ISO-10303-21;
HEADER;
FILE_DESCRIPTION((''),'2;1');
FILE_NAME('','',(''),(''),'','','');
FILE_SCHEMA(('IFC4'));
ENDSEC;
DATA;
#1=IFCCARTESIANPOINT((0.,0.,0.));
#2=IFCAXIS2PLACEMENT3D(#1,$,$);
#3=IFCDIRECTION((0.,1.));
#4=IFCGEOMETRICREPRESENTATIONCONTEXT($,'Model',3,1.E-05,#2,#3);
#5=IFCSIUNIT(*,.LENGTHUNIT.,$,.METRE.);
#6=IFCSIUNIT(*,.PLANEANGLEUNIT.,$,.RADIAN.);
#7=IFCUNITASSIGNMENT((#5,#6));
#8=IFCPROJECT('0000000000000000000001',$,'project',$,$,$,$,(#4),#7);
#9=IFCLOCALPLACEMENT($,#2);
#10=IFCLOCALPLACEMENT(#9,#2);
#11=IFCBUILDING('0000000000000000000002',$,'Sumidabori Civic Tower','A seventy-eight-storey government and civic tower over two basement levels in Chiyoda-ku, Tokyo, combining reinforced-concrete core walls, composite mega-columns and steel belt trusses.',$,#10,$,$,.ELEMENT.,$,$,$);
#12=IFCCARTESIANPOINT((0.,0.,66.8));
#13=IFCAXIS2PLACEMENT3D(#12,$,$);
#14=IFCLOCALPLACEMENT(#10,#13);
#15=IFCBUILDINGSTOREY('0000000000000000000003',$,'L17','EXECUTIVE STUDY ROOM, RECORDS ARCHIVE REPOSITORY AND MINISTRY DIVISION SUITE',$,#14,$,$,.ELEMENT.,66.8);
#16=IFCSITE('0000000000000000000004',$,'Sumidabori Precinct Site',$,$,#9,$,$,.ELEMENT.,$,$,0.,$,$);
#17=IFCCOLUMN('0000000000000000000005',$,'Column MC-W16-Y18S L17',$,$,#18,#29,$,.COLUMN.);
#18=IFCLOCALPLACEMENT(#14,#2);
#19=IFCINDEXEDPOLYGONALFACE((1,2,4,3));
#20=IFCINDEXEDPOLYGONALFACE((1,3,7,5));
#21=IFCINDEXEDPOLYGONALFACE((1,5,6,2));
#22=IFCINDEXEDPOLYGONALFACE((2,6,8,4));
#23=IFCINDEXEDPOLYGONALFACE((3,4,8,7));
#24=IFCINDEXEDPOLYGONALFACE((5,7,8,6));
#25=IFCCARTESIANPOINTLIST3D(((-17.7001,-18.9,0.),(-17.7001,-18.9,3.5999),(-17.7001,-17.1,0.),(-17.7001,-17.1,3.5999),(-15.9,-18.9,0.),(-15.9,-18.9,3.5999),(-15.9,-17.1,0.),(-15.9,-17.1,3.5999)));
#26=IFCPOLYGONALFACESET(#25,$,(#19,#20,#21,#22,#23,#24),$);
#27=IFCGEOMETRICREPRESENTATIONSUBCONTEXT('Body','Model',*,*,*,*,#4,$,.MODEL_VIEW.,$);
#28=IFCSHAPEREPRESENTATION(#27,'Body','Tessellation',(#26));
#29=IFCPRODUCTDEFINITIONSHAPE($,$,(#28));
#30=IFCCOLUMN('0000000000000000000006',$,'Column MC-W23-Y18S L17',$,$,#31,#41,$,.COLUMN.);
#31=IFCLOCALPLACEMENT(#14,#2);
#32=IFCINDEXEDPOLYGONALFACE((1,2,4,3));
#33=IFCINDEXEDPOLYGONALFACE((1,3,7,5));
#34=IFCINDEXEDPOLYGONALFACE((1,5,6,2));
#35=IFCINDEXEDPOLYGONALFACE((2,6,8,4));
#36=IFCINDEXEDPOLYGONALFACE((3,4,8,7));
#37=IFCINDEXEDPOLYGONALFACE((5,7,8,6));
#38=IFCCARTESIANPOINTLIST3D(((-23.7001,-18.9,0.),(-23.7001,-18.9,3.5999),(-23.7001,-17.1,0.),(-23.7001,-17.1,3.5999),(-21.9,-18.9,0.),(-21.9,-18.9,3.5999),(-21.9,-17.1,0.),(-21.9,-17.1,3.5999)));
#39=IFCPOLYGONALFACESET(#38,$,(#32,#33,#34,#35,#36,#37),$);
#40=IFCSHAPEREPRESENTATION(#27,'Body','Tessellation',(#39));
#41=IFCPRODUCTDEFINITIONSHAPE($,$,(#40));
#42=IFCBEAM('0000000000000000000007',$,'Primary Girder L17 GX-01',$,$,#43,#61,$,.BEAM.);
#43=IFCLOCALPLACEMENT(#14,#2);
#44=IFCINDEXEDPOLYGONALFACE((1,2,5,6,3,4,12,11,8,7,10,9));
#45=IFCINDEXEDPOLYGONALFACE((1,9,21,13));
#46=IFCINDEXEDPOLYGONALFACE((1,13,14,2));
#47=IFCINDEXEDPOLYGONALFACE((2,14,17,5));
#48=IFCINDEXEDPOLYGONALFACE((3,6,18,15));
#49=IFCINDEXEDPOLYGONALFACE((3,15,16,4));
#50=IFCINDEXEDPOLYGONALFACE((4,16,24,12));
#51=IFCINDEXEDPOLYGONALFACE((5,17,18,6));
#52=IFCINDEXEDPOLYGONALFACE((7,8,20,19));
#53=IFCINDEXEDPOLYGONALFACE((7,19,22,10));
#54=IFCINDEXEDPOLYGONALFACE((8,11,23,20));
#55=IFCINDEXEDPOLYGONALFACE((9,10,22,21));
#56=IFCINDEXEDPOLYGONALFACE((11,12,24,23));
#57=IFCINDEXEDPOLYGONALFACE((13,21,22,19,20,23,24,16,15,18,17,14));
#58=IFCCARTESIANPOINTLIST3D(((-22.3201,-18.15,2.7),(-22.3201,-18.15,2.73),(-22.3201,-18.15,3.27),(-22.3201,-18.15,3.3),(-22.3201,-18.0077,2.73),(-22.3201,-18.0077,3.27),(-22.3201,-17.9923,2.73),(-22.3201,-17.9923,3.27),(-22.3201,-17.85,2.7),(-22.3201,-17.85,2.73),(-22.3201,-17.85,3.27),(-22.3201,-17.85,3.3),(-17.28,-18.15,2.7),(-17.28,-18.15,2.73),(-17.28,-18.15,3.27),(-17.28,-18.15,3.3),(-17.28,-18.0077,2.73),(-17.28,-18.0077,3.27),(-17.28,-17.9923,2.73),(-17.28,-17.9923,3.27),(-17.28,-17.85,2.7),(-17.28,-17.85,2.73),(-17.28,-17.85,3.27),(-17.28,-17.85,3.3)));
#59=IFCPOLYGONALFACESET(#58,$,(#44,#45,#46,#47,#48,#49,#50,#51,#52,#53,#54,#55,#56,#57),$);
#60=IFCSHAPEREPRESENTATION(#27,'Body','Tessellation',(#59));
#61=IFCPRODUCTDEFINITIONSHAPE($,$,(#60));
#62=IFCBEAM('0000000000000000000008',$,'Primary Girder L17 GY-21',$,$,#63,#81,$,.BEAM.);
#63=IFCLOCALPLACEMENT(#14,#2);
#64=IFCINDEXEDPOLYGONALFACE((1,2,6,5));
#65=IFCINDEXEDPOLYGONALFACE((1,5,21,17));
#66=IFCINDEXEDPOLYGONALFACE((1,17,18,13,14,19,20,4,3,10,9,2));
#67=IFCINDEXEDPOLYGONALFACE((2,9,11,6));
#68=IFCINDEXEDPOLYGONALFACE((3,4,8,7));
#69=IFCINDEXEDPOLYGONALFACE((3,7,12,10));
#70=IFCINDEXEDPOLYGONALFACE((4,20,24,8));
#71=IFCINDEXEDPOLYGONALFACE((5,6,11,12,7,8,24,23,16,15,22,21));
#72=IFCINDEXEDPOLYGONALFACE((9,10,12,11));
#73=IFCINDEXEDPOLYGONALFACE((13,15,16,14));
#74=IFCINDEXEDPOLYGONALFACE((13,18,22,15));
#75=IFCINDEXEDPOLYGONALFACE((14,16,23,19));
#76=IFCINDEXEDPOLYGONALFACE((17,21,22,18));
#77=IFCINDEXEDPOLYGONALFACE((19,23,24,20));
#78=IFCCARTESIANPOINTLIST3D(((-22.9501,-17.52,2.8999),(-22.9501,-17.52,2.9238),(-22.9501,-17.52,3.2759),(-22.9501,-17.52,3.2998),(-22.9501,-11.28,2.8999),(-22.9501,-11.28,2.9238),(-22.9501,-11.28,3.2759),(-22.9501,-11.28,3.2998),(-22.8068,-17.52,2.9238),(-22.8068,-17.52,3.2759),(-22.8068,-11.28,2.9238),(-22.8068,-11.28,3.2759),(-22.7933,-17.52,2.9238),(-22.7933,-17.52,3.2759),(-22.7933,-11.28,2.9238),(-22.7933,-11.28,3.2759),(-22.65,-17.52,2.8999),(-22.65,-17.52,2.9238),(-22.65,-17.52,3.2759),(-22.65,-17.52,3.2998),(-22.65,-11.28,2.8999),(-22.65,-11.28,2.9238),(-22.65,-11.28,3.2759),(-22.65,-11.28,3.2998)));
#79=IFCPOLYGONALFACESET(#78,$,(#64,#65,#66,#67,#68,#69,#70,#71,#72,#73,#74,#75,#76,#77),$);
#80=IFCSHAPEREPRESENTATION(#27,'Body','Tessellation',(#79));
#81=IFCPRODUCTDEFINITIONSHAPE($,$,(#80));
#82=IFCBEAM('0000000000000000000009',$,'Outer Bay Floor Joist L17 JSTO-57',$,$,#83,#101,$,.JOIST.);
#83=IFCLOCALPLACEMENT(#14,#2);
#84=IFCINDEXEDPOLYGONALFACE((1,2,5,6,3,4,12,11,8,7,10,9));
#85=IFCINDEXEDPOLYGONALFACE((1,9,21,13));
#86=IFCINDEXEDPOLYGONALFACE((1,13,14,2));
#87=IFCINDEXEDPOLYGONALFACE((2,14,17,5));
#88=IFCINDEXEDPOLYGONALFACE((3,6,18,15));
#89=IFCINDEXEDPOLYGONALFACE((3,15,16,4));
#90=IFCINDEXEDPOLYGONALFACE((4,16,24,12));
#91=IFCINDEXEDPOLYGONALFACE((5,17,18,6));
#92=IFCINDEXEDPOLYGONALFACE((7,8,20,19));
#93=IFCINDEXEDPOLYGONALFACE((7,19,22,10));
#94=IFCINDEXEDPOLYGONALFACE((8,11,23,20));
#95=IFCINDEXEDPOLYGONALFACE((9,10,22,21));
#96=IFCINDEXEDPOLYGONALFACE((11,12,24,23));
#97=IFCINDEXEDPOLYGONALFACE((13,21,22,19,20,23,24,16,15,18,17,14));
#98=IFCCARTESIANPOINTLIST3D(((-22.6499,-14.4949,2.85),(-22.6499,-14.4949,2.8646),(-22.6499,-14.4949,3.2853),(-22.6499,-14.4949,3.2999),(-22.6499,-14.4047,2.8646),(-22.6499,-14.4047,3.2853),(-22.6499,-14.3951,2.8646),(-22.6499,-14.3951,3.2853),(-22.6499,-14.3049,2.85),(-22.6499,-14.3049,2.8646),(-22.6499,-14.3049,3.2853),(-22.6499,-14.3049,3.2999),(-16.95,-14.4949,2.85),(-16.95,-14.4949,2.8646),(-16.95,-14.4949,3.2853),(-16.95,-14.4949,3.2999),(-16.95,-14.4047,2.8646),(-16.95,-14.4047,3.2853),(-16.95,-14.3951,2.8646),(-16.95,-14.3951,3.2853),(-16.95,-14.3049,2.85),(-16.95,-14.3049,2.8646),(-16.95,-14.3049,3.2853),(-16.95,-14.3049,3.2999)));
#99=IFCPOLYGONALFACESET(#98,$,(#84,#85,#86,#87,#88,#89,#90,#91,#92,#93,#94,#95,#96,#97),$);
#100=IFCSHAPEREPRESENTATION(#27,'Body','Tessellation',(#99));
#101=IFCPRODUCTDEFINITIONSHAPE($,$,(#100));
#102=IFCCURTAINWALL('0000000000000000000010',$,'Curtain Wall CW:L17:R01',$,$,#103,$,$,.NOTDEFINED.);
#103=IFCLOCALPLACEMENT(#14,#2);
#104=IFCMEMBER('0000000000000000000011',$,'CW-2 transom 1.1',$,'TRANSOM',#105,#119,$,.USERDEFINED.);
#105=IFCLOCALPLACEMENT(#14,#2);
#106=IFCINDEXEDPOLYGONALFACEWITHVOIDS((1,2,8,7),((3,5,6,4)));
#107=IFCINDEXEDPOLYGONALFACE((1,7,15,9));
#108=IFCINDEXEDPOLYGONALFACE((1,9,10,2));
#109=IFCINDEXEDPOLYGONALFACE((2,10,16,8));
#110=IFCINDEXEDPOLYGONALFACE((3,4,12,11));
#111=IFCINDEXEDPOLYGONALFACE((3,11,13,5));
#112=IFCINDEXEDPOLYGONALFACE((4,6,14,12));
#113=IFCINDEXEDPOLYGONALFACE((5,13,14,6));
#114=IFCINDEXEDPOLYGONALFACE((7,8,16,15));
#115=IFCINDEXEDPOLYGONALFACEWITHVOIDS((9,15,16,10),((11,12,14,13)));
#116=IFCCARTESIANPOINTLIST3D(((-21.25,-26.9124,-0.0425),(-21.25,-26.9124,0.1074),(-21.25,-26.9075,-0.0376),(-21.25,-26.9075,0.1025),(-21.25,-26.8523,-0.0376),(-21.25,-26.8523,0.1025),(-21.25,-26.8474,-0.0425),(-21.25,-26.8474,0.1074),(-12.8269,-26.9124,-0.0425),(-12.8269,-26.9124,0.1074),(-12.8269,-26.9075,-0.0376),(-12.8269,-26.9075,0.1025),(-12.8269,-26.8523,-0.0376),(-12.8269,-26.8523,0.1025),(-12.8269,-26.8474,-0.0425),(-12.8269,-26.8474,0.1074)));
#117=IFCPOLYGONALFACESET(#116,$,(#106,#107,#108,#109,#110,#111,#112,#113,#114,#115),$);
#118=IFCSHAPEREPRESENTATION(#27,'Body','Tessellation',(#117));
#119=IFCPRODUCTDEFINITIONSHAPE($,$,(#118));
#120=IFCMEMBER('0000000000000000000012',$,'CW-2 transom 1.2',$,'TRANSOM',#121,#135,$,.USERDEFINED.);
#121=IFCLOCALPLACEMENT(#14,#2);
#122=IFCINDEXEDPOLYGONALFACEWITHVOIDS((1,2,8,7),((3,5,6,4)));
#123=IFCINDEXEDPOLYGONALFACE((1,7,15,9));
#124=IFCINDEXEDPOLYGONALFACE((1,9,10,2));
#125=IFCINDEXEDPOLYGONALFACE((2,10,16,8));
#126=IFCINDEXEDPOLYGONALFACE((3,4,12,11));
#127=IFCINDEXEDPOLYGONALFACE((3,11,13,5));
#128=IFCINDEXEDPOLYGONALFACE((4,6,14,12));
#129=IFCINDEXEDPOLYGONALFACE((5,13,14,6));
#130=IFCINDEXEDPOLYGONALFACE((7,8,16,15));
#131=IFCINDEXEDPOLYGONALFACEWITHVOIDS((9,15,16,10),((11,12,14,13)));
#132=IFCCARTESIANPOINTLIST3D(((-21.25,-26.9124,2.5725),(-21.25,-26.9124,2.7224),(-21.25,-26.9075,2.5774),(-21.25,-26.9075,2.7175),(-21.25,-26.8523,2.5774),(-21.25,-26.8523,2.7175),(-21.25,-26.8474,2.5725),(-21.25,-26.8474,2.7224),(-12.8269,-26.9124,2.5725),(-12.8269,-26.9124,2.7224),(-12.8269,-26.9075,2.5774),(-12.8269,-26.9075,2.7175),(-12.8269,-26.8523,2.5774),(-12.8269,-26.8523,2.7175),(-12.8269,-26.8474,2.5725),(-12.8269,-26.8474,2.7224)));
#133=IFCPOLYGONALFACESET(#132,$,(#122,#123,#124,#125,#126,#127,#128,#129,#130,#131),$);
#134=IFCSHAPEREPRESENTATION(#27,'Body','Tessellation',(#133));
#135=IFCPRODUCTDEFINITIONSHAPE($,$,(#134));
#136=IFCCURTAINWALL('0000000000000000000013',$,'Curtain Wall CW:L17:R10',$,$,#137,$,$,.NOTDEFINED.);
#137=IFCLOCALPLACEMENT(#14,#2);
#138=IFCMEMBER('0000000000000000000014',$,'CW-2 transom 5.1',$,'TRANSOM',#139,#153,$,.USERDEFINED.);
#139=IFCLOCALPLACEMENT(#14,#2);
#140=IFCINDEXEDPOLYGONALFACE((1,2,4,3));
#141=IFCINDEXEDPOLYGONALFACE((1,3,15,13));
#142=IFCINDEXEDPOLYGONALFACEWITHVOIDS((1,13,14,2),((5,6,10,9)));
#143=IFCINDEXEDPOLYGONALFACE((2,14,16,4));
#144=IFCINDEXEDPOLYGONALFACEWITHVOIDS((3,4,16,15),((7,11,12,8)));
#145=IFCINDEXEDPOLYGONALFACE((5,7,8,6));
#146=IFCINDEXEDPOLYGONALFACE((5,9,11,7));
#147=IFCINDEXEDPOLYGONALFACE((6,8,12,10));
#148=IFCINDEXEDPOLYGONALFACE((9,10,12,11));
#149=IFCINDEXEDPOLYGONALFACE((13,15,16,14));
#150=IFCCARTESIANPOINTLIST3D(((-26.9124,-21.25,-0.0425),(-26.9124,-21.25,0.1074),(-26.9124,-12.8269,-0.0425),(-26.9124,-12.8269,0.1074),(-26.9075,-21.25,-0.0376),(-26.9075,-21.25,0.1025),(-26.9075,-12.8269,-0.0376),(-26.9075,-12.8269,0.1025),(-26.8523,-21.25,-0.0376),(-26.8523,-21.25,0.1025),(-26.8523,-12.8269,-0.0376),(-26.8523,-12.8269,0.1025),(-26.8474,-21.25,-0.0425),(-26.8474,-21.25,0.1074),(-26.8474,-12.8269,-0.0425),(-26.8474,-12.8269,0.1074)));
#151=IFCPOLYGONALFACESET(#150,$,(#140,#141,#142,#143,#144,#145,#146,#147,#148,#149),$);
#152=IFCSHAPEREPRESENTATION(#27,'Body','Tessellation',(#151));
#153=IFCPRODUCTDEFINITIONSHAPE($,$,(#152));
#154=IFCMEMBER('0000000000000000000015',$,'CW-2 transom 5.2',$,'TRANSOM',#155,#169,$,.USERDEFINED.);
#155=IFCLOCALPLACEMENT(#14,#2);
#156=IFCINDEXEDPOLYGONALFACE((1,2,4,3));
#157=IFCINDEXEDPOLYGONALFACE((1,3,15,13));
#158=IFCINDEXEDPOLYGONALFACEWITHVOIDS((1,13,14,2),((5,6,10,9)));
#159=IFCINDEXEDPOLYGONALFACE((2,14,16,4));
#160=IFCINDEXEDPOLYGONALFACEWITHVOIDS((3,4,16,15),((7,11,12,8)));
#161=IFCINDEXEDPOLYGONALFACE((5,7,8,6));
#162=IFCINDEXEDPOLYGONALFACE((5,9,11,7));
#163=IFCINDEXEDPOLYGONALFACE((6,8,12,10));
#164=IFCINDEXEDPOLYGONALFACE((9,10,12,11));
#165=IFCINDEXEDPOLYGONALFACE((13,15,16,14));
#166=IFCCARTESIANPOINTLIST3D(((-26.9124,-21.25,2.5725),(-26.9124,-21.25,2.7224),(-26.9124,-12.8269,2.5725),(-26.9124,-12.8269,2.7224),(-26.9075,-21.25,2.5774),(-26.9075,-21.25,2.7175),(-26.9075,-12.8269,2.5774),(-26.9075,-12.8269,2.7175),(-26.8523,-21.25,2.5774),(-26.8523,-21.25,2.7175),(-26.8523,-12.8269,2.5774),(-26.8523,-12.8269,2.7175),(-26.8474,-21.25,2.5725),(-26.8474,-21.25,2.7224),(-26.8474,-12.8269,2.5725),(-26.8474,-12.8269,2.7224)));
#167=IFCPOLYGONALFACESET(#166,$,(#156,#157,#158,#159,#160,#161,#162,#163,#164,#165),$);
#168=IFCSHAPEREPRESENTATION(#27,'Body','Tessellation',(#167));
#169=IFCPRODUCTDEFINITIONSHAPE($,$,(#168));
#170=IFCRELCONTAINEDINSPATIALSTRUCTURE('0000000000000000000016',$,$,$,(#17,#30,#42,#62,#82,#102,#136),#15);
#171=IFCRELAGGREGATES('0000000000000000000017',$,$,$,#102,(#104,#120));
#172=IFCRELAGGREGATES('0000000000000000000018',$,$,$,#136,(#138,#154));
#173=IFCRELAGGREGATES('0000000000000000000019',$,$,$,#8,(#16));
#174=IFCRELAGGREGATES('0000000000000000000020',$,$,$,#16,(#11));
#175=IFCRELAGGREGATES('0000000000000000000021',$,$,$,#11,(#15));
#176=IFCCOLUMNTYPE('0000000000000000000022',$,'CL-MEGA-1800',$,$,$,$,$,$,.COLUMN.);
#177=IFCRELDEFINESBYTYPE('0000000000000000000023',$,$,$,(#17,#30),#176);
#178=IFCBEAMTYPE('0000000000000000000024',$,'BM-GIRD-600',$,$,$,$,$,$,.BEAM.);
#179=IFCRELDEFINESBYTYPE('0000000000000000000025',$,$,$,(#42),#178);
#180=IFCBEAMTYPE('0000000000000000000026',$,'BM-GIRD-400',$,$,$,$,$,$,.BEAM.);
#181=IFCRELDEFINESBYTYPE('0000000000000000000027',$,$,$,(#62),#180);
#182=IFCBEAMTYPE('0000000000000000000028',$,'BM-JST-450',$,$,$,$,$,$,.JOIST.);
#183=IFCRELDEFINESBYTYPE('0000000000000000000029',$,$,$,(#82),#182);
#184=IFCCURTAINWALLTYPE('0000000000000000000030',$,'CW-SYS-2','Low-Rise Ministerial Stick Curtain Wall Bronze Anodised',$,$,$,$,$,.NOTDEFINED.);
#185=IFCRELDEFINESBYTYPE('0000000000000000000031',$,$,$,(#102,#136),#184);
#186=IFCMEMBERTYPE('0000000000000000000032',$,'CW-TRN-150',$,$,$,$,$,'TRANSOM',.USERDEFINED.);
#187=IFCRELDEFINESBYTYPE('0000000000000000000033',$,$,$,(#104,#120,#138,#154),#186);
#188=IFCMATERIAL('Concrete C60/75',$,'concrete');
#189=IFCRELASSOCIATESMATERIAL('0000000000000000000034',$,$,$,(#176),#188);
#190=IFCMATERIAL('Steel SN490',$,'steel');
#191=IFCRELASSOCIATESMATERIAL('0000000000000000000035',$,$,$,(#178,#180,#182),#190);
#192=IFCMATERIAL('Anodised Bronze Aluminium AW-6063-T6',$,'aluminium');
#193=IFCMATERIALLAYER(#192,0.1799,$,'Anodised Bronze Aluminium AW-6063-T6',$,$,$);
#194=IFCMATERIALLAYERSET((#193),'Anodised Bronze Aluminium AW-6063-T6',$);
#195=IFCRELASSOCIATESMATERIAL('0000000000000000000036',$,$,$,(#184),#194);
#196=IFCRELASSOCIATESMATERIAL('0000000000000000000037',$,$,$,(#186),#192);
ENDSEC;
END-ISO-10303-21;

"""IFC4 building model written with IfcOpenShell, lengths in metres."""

from ifc_helpers import new_model, si_unit, direction, frame, origin, origin_2d, place, context, subcontext, project, spatial, rectangle, hollow_rectangle, i_section, extrude, source, transform, mapped, material, layer, layer_set, material_profile, profile_set, type_object, element, aggregate, save


model = new_model("IFC4")

# Units and contexts
model_context = context("Model", 3, precision=1e-05, world=origin(), true_north=direction((0.0, 1.0)))
body_context = subcontext(model_context, "Body", "Model", "MODEL_VIEW")
ifc_project = project(units=[si_unit("LENGTHUNIT", "METRE"), si_unit("PLANEANGLEUNIT", "RADIAN")], contexts=[model_context])

# Site, building, storey
site_placement = place(None, origin())
site = spatial("IfcSite", under=ifc_project, at=site_placement, Name="Sumidabori Precinct Site", CompositionType="ELEMENT", RefElevation=0.0)
building_placement = place(site_placement, origin())
building = spatial("IfcBuilding", under=site, at=building_placement, Name="Sumidabori Civic Tower", Description="A seventy-eight-storey government and civic tower over two basement levels in Chiyoda-ku, Tokyo, combining reinforced-concrete core walls, composite mega-columns and steel belt trusses.", CompositionType="ELEMENT")
storey_placement = place(building_placement, frame((0.0, 0.0, 66.8)))
storey = spatial("IfcBuildingStorey", under=building, at=storey_placement, Name="L17", Description="EXECUTIVE STUDY ROOM, RECORDS ARCHIVE REPOSITORY AND MINISTRY DIVISION SUITE", CompositionType="ELEMENT", Elevation=66.8)

# Columns
ifc_material_1 = material(Name="Concrete C60/75", Category="concrete")
ifc_material_profile_1 = material_profile(ifc_material_1, rectangle(XDim=1.8, YDim=1.8, at=origin_2d()), Name="RC 1800x1800")
ifc_profile_set_1 = profile_set([ifc_material_profile_1], Name="Concrete C60/75")
column_type = type_object("IfcColumnType", Name="CL-MEGA-1800", PredefinedType="COLUMN", material=ifc_profile_set_1)
shared_shape_1 = source(origin(), body_context, "Body", "SweptSolid", [
    extrude(rectangle(XDim=1.8, YDim=1.8, at=origin_2d()), origin(), (0.0, 0.0, 1.0), 3.5999),
])
for number, where, z_axis, x_axis, name in (
    (1, (-16.8, -18.0, 0.0), (0.0, 0.0, 1.0), (1.0, 0.0, 0.0), "Column MC-W16-Y18S L17"),
    (2, (-22.8, -18.0, 0.0), (0.0, 0.0, 1.0), (1.0, 0.0, 0.0), "Column MC-W23-Y18S L17"),
):
    element("IfcColumn", number, at=place(storey_placement, frame(where, z_axis=z_axis, x_axis=x_axis)), inside=storey, type_object=column_type, Name=name, PredefinedType="COLUMN", context=body_context, shape_type="MappedRepresentation", body=[
        mapped(shared_shape_1, transform((0.0, 0.0, 0.0), x_axis=(1.0, 0.0, 0.0), y_axis=(0.0, 1.0, 0.0), z_axis=(0.0, 0.0, 1.0), scale=1.0)),
    ])

# Beams
ifc_material_2 = material(Name="Steel SN490", Category="steel")
ifc_material_profile_2 = material_profile(ifc_material_2, i_section(OverallWidth=0.3, OverallDepth=0.6001, WebThickness=0.0154, FlangeThickness=0.03, at=origin_2d()), Name="HE 600 B")
ifc_profile_set_2 = profile_set([ifc_material_profile_2], Name="Steel SN490")
beam_type_1 = type_object("IfcBeamType", Name="BM-GIRD-600", PredefinedType="BEAM", material=ifc_profile_set_2)
shared_shape_2 = source(origin(), body_context, "Body", "SweptSolid", [
    extrude(i_section(OverallWidth=0.3, OverallDepth=0.6001, WebThickness=0.0154, FlangeThickness=0.03, at=origin_2d()), origin(), (0.0, 0.0, 1.0), 5.04),
])
beam_1_placement = place(storey_placement, frame((-22.3201, -18.0, 3.0), z_axis=(1.0, 0.0, 0.0), x_axis=(0.0, 1.0, 0.0)))
element("IfcBeam", 3, at=beam_1_placement, inside=storey, type_object=beam_type_1, Name="Primary Girder L17 GX-01", PredefinedType="BEAM", context=body_context, shape_type="MappedRepresentation", body=[
    mapped(shared_shape_2, transform((0.0, 0.0, 0.0), x_axis=(1.0, 0.0, 0.0), y_axis=(0.0, 1.0, 0.0), z_axis=(0.0, 0.0, 1.0), scale=1.0)),
])
ifc_material_profile_3 = material_profile(ifc_material_2, i_section(OverallWidth=0.3, OverallDepth=0.3999, WebThickness=0.0134, FlangeThickness=0.0239, at=origin_2d()), Name="HE 400 B")
ifc_profile_set_3 = profile_set([ifc_material_profile_3], Name="Steel SN490")
beam_type_2 = type_object("IfcBeamType", Name="BM-GIRD-400", PredefinedType="BEAM", material=ifc_profile_set_3)
shared_shape_3 = source(origin(), body_context, "Body", "SweptSolid", [
    extrude(i_section(OverallWidth=0.3, OverallDepth=0.3999, WebThickness=0.0134, FlangeThickness=0.0239, at=origin_2d()), origin(), (0.0, 0.0, 1.0), 6.24),
])
beam_2_placement = place(storey_placement, frame((-22.8, -17.52, 3.0999), z_axis=(0.0, 1.0, 0.0), x_axis=(-1.0, 0.0, 0.0)))
element("IfcBeam", 4, at=beam_2_placement, inside=storey, type_object=beam_type_2, Name="Primary Girder L17 GY-21", PredefinedType="BEAM", context=body_context, shape_type="MappedRepresentation", body=[
    mapped(shared_shape_3, transform((0.0, 0.0, 0.0), x_axis=(1.0, 0.0, 0.0), y_axis=(0.0, 1.0, 0.0), z_axis=(0.0, 0.0, 1.0), scale=1.0)),
])
ifc_material_profile_4 = material_profile(ifc_material_2, i_section(OverallWidth=0.1899, OverallDepth=0.45, WebThickness=0.0095, FlangeThickness=0.0146, at=origin_2d()), Name="IPE 450")
ifc_profile_set_4 = profile_set([ifc_material_profile_4], Name="Steel SN490")
beam_type_3 = type_object("IfcBeamType", Name="BM-JST-450", PredefinedType="JOIST", material=ifc_profile_set_4)
shared_shape_4 = source(origin(), body_context, "Body", "SweptSolid", [
    extrude(i_section(OverallWidth=0.1899, OverallDepth=0.45, WebThickness=0.0095, FlangeThickness=0.0146, at=origin_2d()), origin(), (0.0, 0.0, 1.0), 5.7),
])
beam_3_placement = place(storey_placement, frame((-22.6499, -14.3999, 3.075), z_axis=(1.0, 0.0, 0.0), x_axis=(0.0, 1.0, 0.0)))
element("IfcBeam", 5, at=beam_3_placement, inside=storey, type_object=beam_type_3, Name="Outer Bay Floor Joist L17 JSTO-57", PredefinedType="JOIST", context=body_context, shape_type="MappedRepresentation", body=[
    mapped(shared_shape_4, transform((0.0, 0.0, 0.0), x_axis=(1.0, 0.0, 0.0), y_axis=(0.0, 1.0, 0.0), z_axis=(0.0, 0.0, 1.0), scale=1.0)),
])

# Curtain walls, members
ifc_material_3 = material(Name="Anodised Bronze Aluminium AW-6063-T6", Category="aluminium")
ifc_layer_1 = layer(ifc_material_3, 0.1799, Name="Anodised Bronze Aluminium AW-6063-T6")
ifc_layer_set_1 = layer_set([ifc_layer_1], Name="Anodised Bronze Aluminium AW-6063-T6")
curtain_wall_type = type_object("IfcCurtainWallType", Name="CW-SYS-2", Description="Low-Rise Ministerial Stick Curtain Wall Bronze Anodised", PredefinedType="NOTDEFINED", material=ifc_layer_set_1)
curtain_wall_1_placement = place(storey_placement, origin())
curtain_wall_1 = element("IfcCurtainWall", 6, at=curtain_wall_1_placement, inside=storey, type_object=curtain_wall_type, Name="Curtain Wall CW:L17:R01", PredefinedType="NOTDEFINED")
ifc_material_profile_5 = material_profile(ifc_material_3, hollow_rectangle(XDim=0.0649, YDim=0.1499, WallThickness=0.0049, at=origin_2d()), Name="ALU TRANSOM 150x65")
ifc_profile_set_5 = profile_set([ifc_material_profile_5], Name="Anodised Bronze Aluminium AW-6063-T6")
member_type_1 = type_object("IfcMemberType", Name="CW-TRN-150", ElementType="TRANSOM", PredefinedType="USERDEFINED", material=ifc_profile_set_5)
shared_shape_5 = source(origin(), body_context, "Body", "SweptSolid", [
    extrude(hollow_rectangle(XDim=0.0649, YDim=0.1499, WallThickness=0.0049, at=origin_2d()), origin(), (0.0, 0.0, 1.0), 8.4231),
])
member_1_placement = place(storey_placement, frame((-21.25, -26.8799, 0.0325), z_axis=(1.0, 0.0, 0.0), x_axis=(0.0, 1.0, 0.0)))
member_1 = element("IfcMember", 7, at=member_1_placement, type_object=member_type_1, Name="CW-2 transom 1.1", ObjectType="TRANSOM", PredefinedType="USERDEFINED", context=body_context, shape_type="MappedRepresentation", body=[
    mapped(shared_shape_5, transform((0.0, 0.0, 0.0), x_axis=(1.0, 0.0, 0.0), y_axis=(0.0, 1.0, 0.0), z_axis=(0.0, 0.0, 1.0), scale=1.0)),
])
member_2_placement = place(storey_placement, frame((-21.25, -26.8799, 2.6475), z_axis=(1.0, 0.0, 0.0), x_axis=(0.0, 1.0, 0.0)))
member_2 = element("IfcMember", 8, at=member_2_placement, type_object=member_type_1, Name="CW-2 transom 1.2", ObjectType="TRANSOM", PredefinedType="USERDEFINED", context=body_context, shape_type="MappedRepresentation", body=[
    mapped(shared_shape_5, transform((0.0, 0.0, 0.0), x_axis=(1.0, 0.0, 0.0), y_axis=(0.0, 1.0, 0.0), z_axis=(0.0, 0.0, 1.0), scale=1.0)),
])
curtain_wall_2_placement = place(storey_placement, origin())
curtain_wall_2 = element("IfcCurtainWall", 9, at=curtain_wall_2_placement, inside=storey, type_object=curtain_wall_type, Name="Curtain Wall CW:L17:R10", PredefinedType="NOTDEFINED")
member_3_placement = place(storey_placement, frame((-26.8799, -12.8269, 0.0325), z_axis=(0.0, -1.0, 0.0), x_axis=(1.0, 0.0, 0.0)))
member_3 = element("IfcMember", 10, at=member_3_placement, type_object=member_type_1, Name="CW-2 transom 5.1", ObjectType="TRANSOM", PredefinedType="USERDEFINED", context=body_context, shape_type="MappedRepresentation", body=[
    mapped(shared_shape_5, transform((0.0, 0.0, 0.0), x_axis=(1.0, 0.0, 0.0), y_axis=(0.0, 1.0, 0.0), z_axis=(0.0, 0.0, 1.0), scale=1.0)),
])
member_4_placement = place(storey_placement, frame((-26.8799, -12.8269, 2.6475), z_axis=(0.0, -1.0, 0.0), x_axis=(1.0, 0.0, 0.0)))
member_4 = element("IfcMember", 11, at=member_4_placement, type_object=member_type_1, Name="CW-2 transom 5.2", ObjectType="TRANSOM", PredefinedType="USERDEFINED", context=body_context, shape_type="MappedRepresentation", body=[
    mapped(shared_shape_5, transform((0.0, 0.0, 0.0), x_axis=(1.0, 0.0, 0.0), y_axis=(0.0, 1.0, 0.0), z_axis=(0.0, 0.0, 1.0), scale=1.0)),
])

aggregate(curtain_wall_1, [member_1, member_2])
aggregate(curtain_wall_2, [member_3, member_4])

save(model, "model.ifc")
